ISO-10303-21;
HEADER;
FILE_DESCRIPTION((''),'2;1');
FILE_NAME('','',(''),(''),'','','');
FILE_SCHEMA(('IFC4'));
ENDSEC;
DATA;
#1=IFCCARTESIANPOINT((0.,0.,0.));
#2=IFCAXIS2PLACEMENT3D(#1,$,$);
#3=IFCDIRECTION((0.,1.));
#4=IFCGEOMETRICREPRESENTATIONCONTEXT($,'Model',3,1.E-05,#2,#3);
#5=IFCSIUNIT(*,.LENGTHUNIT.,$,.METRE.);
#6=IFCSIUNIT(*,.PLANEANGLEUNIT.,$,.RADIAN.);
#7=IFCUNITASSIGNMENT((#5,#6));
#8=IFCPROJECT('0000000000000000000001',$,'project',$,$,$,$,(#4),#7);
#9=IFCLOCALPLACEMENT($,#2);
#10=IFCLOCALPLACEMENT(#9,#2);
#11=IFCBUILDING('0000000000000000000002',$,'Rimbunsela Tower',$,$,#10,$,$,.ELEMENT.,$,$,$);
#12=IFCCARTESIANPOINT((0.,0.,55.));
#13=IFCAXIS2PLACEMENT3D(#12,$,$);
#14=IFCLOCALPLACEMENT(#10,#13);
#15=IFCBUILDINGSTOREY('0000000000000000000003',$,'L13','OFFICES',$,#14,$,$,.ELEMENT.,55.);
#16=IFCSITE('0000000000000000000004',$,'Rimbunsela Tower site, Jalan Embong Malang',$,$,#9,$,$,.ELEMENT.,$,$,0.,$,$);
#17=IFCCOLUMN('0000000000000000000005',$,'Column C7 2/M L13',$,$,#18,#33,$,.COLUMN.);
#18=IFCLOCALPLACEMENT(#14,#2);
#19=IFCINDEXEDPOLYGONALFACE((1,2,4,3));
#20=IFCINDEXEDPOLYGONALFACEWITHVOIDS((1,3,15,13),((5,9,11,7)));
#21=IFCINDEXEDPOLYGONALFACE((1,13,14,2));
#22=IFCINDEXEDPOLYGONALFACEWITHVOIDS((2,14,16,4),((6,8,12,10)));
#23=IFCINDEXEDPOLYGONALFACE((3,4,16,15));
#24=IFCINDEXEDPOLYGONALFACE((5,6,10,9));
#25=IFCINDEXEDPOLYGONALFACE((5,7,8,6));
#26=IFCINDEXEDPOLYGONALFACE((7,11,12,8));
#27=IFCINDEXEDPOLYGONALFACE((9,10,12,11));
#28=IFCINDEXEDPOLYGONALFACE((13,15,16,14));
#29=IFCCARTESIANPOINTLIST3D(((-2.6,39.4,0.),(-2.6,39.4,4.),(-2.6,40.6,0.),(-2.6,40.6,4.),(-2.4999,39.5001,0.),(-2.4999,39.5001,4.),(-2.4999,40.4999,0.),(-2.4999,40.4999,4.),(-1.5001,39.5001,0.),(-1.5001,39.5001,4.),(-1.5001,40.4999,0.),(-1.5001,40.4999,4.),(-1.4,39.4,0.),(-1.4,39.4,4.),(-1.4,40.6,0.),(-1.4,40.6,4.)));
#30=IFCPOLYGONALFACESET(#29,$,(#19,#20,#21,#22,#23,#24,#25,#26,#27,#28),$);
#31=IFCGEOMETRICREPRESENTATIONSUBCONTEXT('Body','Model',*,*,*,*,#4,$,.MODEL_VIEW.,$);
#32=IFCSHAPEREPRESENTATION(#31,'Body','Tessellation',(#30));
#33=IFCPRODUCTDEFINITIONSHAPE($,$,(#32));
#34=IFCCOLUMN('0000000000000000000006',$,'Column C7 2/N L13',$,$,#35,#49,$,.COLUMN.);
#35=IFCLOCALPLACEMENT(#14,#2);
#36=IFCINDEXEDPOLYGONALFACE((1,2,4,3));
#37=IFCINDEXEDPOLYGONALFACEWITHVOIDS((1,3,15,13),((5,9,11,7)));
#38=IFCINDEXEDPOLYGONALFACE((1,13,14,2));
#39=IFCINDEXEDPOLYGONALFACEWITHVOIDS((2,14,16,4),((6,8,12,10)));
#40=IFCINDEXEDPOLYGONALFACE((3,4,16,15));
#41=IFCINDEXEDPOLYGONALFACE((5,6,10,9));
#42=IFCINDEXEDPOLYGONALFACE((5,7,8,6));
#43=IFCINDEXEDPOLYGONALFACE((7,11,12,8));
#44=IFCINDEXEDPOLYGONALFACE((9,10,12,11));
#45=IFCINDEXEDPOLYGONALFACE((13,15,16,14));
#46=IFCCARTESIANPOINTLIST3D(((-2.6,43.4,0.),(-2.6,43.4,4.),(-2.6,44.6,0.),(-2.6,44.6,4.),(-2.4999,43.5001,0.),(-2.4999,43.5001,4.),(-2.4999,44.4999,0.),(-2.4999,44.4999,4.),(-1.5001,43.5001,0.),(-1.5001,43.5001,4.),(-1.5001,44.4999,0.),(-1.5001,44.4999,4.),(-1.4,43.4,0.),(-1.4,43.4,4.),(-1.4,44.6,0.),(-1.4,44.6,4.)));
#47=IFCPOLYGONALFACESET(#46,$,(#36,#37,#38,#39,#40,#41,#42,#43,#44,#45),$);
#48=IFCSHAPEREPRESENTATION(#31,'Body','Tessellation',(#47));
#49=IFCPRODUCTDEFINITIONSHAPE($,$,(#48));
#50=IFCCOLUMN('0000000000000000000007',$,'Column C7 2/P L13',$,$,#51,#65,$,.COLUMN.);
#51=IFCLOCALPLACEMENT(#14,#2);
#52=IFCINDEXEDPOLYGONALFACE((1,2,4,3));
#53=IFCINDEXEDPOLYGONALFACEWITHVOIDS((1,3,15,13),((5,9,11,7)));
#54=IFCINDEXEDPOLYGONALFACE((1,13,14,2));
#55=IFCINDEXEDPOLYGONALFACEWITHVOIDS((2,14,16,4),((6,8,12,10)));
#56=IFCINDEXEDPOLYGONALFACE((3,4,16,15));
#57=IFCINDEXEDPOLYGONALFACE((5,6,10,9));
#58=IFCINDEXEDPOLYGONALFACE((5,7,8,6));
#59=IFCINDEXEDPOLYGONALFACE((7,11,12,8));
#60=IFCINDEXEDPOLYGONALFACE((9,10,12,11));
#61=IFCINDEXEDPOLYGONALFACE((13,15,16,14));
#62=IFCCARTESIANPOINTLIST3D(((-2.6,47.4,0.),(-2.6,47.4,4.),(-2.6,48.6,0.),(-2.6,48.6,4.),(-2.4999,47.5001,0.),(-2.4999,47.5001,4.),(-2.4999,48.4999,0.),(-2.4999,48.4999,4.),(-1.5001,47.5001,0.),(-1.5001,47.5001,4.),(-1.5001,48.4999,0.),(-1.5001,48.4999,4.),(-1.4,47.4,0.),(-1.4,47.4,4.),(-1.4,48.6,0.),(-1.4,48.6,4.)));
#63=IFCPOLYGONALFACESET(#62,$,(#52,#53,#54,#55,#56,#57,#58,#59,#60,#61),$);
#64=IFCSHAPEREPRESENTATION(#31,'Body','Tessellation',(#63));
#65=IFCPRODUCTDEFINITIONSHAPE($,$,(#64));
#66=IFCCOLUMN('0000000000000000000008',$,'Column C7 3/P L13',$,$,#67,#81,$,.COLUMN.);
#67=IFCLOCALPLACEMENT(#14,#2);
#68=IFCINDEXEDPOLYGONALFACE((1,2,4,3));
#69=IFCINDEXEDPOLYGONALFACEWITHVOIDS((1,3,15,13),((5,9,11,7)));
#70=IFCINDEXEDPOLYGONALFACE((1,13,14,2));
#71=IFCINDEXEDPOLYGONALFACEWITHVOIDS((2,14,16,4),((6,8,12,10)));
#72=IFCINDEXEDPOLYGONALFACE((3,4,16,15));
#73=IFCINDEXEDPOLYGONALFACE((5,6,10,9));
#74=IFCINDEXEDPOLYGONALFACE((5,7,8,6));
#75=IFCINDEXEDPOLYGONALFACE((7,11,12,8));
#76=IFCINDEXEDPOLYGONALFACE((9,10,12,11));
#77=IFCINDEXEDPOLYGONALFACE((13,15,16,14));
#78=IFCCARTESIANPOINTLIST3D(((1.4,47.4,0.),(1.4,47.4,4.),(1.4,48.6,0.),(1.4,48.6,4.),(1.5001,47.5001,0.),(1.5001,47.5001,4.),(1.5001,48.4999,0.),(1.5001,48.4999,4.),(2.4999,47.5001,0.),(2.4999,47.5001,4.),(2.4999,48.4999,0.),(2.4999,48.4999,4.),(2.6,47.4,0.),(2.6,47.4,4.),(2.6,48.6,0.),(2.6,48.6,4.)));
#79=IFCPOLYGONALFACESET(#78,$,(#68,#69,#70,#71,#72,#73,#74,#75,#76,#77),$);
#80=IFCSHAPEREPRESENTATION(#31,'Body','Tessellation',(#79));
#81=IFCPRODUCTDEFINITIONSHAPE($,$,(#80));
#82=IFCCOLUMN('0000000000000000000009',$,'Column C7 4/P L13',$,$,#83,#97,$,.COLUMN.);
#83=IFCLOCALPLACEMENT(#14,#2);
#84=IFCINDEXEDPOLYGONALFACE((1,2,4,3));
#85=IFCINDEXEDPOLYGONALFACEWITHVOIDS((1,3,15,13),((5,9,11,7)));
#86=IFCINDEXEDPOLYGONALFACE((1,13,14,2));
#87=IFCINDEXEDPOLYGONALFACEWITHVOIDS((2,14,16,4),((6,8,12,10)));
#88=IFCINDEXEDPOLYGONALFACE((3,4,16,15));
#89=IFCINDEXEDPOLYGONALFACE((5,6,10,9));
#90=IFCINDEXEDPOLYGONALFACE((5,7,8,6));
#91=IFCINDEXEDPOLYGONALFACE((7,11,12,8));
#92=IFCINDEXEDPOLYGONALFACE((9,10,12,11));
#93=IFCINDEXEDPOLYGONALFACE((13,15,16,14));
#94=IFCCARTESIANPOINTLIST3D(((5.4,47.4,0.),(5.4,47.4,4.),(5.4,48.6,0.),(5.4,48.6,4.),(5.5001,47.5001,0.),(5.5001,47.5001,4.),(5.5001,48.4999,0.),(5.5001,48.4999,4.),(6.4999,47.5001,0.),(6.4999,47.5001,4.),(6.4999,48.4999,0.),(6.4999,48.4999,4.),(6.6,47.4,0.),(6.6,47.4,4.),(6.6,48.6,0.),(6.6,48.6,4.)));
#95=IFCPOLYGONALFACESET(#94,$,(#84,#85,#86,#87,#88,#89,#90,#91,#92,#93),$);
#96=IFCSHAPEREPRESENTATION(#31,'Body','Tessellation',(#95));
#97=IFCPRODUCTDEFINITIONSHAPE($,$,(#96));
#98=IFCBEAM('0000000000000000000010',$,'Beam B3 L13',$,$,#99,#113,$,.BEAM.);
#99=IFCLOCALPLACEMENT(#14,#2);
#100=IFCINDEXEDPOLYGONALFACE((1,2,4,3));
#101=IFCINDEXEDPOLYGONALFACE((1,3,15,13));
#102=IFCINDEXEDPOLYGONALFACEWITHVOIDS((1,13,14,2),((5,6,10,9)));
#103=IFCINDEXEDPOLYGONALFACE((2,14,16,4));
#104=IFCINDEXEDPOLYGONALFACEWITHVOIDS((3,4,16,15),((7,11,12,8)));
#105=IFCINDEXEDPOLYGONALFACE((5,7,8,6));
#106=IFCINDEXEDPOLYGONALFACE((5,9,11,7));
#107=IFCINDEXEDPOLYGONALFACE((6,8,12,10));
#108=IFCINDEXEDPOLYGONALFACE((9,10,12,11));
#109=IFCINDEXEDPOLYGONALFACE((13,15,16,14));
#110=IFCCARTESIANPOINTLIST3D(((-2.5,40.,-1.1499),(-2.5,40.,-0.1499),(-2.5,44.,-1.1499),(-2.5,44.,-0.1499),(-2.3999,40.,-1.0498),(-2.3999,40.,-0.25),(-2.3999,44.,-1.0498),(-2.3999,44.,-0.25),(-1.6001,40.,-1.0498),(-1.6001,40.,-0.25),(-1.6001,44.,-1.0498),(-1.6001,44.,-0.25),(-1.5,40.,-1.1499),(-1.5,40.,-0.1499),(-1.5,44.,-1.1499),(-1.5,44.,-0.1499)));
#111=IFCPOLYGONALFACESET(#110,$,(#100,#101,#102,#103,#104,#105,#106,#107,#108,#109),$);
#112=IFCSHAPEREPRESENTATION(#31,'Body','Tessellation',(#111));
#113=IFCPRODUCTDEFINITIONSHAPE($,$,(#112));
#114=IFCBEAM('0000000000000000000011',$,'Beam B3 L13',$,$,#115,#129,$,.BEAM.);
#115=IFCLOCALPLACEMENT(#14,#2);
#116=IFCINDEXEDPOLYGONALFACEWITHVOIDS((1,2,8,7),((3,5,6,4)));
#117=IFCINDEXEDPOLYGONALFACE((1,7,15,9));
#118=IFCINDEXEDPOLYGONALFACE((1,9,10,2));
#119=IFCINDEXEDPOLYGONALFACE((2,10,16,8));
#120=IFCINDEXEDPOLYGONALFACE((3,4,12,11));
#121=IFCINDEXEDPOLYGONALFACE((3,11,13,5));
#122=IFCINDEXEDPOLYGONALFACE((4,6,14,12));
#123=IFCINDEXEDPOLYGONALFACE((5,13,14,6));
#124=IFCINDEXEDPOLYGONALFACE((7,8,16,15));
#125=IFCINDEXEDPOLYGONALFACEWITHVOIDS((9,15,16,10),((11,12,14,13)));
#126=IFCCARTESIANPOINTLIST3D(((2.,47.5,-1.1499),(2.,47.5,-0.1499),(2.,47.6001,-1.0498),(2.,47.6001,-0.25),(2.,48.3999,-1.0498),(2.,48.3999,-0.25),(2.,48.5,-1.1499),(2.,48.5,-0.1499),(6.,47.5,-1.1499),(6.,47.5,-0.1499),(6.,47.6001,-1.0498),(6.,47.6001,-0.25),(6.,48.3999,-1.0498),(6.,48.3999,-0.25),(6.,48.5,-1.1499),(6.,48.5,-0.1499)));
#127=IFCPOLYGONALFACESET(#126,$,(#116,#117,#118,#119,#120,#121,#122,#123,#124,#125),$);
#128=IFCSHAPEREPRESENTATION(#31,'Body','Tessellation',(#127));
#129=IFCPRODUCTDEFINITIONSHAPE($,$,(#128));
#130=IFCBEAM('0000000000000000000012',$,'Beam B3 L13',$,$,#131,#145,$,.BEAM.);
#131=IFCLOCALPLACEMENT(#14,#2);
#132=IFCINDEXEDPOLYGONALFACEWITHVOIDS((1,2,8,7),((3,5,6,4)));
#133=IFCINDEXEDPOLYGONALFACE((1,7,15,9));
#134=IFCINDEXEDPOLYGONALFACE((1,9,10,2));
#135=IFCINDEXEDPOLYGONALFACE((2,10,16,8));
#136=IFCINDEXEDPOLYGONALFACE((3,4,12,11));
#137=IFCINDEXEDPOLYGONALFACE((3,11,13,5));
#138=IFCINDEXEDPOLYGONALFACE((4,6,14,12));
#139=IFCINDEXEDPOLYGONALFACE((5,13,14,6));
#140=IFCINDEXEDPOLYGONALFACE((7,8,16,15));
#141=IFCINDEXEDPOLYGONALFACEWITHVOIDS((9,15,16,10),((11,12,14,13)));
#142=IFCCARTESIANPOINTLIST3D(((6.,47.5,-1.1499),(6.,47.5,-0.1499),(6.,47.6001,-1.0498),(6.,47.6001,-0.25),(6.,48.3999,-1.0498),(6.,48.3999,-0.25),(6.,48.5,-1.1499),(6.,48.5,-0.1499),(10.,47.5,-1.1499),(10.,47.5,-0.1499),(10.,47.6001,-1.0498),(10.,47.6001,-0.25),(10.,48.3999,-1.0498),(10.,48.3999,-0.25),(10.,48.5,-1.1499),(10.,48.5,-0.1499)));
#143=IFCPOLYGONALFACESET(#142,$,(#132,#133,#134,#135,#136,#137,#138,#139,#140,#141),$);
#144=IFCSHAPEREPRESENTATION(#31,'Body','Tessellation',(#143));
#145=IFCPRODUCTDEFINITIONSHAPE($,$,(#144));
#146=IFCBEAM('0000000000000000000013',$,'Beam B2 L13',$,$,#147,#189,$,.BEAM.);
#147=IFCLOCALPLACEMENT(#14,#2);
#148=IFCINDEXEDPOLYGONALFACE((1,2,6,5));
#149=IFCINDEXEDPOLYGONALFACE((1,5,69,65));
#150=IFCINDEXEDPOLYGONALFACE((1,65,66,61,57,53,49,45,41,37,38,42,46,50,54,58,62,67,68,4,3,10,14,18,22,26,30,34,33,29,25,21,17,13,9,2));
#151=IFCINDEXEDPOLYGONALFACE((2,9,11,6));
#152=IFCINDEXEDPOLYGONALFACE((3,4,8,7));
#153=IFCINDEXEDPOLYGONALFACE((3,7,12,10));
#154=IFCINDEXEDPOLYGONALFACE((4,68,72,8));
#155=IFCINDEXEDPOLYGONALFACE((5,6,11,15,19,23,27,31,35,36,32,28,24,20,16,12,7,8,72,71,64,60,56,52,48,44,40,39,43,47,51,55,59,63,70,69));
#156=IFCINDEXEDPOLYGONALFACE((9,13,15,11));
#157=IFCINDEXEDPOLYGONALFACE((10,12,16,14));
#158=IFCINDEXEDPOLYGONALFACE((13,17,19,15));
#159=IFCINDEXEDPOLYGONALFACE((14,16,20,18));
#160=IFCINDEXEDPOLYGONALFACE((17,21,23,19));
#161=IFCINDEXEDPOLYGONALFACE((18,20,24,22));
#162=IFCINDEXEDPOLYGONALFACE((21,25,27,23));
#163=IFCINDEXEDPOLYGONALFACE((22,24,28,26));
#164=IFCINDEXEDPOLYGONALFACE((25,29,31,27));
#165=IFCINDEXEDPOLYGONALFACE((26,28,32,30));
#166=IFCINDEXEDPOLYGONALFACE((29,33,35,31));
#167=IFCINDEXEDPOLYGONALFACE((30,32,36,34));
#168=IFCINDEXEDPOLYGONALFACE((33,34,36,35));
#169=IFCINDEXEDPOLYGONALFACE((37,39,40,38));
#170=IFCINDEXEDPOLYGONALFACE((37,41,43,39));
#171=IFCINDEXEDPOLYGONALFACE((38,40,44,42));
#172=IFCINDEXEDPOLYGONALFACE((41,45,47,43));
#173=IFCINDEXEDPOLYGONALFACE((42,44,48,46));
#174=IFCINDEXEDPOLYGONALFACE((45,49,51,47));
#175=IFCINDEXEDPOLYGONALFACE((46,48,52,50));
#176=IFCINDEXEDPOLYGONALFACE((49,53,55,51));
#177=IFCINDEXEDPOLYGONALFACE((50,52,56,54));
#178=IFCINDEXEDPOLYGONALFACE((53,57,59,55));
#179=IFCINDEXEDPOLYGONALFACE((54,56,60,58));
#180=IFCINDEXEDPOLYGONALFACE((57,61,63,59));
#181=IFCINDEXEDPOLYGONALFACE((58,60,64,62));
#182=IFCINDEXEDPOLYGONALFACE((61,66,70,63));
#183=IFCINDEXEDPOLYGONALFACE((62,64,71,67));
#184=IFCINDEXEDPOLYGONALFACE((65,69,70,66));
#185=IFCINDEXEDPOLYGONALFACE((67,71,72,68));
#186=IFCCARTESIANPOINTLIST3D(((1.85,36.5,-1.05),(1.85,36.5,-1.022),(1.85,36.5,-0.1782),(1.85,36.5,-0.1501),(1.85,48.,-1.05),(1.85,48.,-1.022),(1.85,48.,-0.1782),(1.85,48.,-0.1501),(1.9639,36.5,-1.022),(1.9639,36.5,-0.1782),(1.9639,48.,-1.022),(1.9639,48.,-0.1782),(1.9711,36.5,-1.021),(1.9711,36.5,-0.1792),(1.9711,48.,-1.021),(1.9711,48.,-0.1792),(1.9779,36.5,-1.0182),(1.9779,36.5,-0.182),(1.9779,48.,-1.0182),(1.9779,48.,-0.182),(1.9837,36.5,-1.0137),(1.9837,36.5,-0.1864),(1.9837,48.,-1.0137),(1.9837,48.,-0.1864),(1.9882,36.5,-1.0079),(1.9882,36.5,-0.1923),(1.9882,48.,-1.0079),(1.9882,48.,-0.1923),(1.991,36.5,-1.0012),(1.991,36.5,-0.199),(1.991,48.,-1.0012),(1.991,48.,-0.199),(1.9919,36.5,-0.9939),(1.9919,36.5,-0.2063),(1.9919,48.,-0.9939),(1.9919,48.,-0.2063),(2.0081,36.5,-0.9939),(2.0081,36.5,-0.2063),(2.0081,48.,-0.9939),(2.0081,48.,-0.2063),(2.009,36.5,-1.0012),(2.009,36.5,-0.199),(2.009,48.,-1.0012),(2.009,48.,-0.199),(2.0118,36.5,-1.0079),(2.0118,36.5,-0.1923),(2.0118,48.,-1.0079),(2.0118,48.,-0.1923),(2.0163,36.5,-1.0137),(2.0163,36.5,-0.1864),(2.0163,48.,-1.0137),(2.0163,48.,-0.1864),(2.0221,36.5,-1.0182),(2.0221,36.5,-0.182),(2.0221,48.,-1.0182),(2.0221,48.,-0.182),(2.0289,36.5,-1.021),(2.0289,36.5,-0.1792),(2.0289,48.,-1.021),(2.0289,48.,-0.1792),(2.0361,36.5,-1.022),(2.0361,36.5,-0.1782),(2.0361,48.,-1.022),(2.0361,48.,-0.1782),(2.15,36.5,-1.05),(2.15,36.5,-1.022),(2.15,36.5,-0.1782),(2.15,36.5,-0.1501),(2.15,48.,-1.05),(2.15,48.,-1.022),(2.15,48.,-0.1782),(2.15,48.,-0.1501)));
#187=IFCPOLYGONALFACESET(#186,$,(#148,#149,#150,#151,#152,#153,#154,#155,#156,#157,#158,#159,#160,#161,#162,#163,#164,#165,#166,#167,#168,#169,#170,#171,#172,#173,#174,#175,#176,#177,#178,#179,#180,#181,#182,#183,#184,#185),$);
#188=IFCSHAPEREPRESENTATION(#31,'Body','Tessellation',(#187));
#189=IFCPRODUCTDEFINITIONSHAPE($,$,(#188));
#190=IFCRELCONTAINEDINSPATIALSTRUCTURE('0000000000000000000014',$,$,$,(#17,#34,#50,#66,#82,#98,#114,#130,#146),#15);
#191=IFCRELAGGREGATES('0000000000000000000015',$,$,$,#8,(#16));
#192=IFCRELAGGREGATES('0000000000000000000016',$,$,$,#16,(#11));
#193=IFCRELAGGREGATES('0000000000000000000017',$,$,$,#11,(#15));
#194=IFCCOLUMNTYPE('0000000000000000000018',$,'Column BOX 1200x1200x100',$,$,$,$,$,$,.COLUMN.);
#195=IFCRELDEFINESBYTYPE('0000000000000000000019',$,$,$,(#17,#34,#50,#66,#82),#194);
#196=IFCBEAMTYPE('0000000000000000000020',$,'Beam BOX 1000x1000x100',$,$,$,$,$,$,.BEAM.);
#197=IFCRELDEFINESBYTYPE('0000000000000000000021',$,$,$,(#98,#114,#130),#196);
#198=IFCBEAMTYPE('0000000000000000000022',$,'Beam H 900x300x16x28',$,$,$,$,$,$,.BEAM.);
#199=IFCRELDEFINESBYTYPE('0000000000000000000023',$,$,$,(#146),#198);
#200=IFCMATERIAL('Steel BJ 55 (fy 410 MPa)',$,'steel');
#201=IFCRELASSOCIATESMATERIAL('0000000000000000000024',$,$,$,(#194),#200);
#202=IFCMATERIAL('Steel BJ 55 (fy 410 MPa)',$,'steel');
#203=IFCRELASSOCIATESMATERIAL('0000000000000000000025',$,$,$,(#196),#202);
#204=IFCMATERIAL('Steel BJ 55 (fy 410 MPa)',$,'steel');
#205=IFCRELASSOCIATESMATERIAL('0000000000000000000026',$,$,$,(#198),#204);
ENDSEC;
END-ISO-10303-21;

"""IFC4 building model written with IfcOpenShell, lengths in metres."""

from ifc_helpers import new_model, si_unit, direction, frame, origin, origin_2d, place, context, subcontext, project, spatial, hollow_rectangle, i_section, extrude, material, material_profile, profile_set, type_object, element, save


model = new_model("IFC4")

# Units and contexts
model_context = context("Model", 3, precision=1e-05, world=origin(), true_north=direction((0.0, 1.0)))
body_context = subcontext(model_context, "Body", "Model", "MODEL_VIEW")
ifc_project = project(units=[si_unit("LENGTHUNIT", "METRE"), si_unit("PLANEANGLEUNIT", "RADIAN")], contexts=[model_context])

# Site, building, storey
site_placement = place(None, origin())
site = spatial("IfcSite", under=ifc_project, at=site_placement, Name="Rimbunsela Tower site, Jalan Embong Malang", CompositionType="ELEMENT", RefElevation=0.0)
building_placement = place(site_placement, origin())
building = spatial("IfcBuilding", under=site, at=building_placement, Name="Rimbunsela Tower", CompositionType="ELEMENT")
storey_placement = place(building_placement, frame((0.0, 0.0, 55.0)))
storey = spatial("IfcBuildingStorey", under=building, at=storey_placement, Name="L13", Description="OFFICES", CompositionType="ELEMENT", Elevation=55.0)

# Columns
ifc_material_1 = material(Name="Steel BJ 55 (fy 410 MPa)", Category="steel")
ifc_material_profile_1 = material_profile(ifc_material_1, hollow_rectangle(XDim=1.2, YDim=1.2, WallThickness=0.1001, at=origin_2d()), Name="BOX 1200x1200x100")
ifc_profile_set_1 = profile_set([ifc_material_profile_1], Name="Steel BJ 55 (fy 410 MPa)")
column_type = type_object("IfcColumnType", Name="Column BOX 1200x1200x100", PredefinedType="COLUMN", material=ifc_profile_set_1)
for number, where, z_axis, x_axis, name in (
    (1, (-2.0, 40.0, 0.0), (0.0, 0.0, 1.0), (1.0, 0.0, 0.0), "Column C7 2/M L13"),
    (2, (-2.0, 44.0, 0.0), (0.0, 0.0, 1.0), (1.0, 0.0, 0.0), "Column C7 2/N L13"),
    (3, (-2.0, 48.0, 0.0), (0.0, 0.0, 1.0), (1.0, 0.0, 0.0), "Column C7 2/P L13"),
    (4, (2.0, 48.0, 0.0), (0.0, 0.0, 1.0), (1.0, 0.0, 0.0), "Column C7 3/P L13"),
    (5, (6.0, 48.0, 0.0), (0.0, 0.0, 1.0), (1.0, 0.0, 0.0), "Column C7 4/P L13"),
):
    element("IfcColumn", number, at=place(storey_placement, frame(where, z_axis=z_axis, x_axis=x_axis)), inside=storey, type_object=column_type, Name=name, PredefinedType="COLUMN", context=body_context, shape_type="SweptSolid", body=[
        extrude(hollow_rectangle(XDim=1.2, YDim=1.2, WallThickness=0.1001, at=origin_2d()), origin(), (0.0, 0.0, 1.0), 4.0),
    ])

# Beams
ifc_material_2 = material(Name="Steel BJ 55 (fy 410 MPa)", Category="steel")
ifc_material_profile_2 = material_profile(ifc_material_2, hollow_rectangle(XDim=1.0, YDim=1.0, WallThickness=0.1001, at=origin_2d()), Name="BOX 1000x1000x100")
ifc_profile_set_2 = profile_set([ifc_material_profile_2], Name="Steel BJ 55 (fy 410 MPa)")
beam_type_1 = type_object("IfcBeamType", Name="Beam BOX 1000x1000x100", PredefinedType="BEAM", material=ifc_profile_set_2)
for number, where, z_axis, x_axis, name in (
    (6, (-2.0, 40.0, -0.6499), (0.0, 1.0, 0.0), (-1.0, 0.0, 0.0), "Beam B3 L13"),
    (7, (2.0, 48.0, -0.6499), (1.0, 0.0, 0.0), (0.0, 1.0, 0.0), "Beam B3 L13"),
    (8, (6.0, 48.0, -0.6499), (1.0, 0.0, 0.0), (0.0, 1.0, 0.0), "Beam B3 L13"),
):
    element("IfcBeam", number, at=place(storey_placement, frame(where, z_axis=z_axis, x_axis=x_axis)), inside=storey, type_object=beam_type_1, Name=name, PredefinedType="BEAM", context=body_context, shape_type="SweptSolid", body=[
        extrude(hollow_rectangle(XDim=1.0, YDim=1.0, WallThickness=0.1001, at=origin_2d()), origin(), (0.0, 0.0, 1.0), 4.0),
    ])
ifc_material_3 = material(Name="Steel BJ 55 (fy 410 MPa)", Category="steel")
ifc_material_profile_3 = material_profile(ifc_material_3, i_section(OverallWidth=0.3, OverallDepth=0.8999, WebThickness=0.0161, FlangeThickness=0.0281, FilletRadius=0.0281, at=origin_2d()), Name="H 900x300x16x28")
ifc_profile_set_3 = profile_set([ifc_material_profile_3], Name="Steel BJ 55 (fy 410 MPa)")
beam_type_2 = type_object("IfcBeamType", Name="Beam H 900x300x16x28", PredefinedType="BEAM", material=ifc_profile_set_3)
for number, where, z_axis, x_axis, name in (
    (9, (2.0, 36.5, -0.6001), (0.0, 1.0, 0.0), (-1.0, 0.0, 0.0), "Beam B2 L13"),
):
    element("IfcBeam", number, at=place(storey_placement, frame(where, z_axis=z_axis, x_axis=x_axis)), inside=storey, type_object=beam_type_2, Name=name, PredefinedType="BEAM", context=body_context, shape_type="SweptSolid", body=[
        extrude(i_section(OverallWidth=0.3, OverallDepth=0.8999, WebThickness=0.0161, FlangeThickness=0.0281, FilletRadius=0.0281, at=origin_2d()), origin(), (0.0, 0.0, 1.0), 11.5),
    ])

save(model, "model.ifc")
